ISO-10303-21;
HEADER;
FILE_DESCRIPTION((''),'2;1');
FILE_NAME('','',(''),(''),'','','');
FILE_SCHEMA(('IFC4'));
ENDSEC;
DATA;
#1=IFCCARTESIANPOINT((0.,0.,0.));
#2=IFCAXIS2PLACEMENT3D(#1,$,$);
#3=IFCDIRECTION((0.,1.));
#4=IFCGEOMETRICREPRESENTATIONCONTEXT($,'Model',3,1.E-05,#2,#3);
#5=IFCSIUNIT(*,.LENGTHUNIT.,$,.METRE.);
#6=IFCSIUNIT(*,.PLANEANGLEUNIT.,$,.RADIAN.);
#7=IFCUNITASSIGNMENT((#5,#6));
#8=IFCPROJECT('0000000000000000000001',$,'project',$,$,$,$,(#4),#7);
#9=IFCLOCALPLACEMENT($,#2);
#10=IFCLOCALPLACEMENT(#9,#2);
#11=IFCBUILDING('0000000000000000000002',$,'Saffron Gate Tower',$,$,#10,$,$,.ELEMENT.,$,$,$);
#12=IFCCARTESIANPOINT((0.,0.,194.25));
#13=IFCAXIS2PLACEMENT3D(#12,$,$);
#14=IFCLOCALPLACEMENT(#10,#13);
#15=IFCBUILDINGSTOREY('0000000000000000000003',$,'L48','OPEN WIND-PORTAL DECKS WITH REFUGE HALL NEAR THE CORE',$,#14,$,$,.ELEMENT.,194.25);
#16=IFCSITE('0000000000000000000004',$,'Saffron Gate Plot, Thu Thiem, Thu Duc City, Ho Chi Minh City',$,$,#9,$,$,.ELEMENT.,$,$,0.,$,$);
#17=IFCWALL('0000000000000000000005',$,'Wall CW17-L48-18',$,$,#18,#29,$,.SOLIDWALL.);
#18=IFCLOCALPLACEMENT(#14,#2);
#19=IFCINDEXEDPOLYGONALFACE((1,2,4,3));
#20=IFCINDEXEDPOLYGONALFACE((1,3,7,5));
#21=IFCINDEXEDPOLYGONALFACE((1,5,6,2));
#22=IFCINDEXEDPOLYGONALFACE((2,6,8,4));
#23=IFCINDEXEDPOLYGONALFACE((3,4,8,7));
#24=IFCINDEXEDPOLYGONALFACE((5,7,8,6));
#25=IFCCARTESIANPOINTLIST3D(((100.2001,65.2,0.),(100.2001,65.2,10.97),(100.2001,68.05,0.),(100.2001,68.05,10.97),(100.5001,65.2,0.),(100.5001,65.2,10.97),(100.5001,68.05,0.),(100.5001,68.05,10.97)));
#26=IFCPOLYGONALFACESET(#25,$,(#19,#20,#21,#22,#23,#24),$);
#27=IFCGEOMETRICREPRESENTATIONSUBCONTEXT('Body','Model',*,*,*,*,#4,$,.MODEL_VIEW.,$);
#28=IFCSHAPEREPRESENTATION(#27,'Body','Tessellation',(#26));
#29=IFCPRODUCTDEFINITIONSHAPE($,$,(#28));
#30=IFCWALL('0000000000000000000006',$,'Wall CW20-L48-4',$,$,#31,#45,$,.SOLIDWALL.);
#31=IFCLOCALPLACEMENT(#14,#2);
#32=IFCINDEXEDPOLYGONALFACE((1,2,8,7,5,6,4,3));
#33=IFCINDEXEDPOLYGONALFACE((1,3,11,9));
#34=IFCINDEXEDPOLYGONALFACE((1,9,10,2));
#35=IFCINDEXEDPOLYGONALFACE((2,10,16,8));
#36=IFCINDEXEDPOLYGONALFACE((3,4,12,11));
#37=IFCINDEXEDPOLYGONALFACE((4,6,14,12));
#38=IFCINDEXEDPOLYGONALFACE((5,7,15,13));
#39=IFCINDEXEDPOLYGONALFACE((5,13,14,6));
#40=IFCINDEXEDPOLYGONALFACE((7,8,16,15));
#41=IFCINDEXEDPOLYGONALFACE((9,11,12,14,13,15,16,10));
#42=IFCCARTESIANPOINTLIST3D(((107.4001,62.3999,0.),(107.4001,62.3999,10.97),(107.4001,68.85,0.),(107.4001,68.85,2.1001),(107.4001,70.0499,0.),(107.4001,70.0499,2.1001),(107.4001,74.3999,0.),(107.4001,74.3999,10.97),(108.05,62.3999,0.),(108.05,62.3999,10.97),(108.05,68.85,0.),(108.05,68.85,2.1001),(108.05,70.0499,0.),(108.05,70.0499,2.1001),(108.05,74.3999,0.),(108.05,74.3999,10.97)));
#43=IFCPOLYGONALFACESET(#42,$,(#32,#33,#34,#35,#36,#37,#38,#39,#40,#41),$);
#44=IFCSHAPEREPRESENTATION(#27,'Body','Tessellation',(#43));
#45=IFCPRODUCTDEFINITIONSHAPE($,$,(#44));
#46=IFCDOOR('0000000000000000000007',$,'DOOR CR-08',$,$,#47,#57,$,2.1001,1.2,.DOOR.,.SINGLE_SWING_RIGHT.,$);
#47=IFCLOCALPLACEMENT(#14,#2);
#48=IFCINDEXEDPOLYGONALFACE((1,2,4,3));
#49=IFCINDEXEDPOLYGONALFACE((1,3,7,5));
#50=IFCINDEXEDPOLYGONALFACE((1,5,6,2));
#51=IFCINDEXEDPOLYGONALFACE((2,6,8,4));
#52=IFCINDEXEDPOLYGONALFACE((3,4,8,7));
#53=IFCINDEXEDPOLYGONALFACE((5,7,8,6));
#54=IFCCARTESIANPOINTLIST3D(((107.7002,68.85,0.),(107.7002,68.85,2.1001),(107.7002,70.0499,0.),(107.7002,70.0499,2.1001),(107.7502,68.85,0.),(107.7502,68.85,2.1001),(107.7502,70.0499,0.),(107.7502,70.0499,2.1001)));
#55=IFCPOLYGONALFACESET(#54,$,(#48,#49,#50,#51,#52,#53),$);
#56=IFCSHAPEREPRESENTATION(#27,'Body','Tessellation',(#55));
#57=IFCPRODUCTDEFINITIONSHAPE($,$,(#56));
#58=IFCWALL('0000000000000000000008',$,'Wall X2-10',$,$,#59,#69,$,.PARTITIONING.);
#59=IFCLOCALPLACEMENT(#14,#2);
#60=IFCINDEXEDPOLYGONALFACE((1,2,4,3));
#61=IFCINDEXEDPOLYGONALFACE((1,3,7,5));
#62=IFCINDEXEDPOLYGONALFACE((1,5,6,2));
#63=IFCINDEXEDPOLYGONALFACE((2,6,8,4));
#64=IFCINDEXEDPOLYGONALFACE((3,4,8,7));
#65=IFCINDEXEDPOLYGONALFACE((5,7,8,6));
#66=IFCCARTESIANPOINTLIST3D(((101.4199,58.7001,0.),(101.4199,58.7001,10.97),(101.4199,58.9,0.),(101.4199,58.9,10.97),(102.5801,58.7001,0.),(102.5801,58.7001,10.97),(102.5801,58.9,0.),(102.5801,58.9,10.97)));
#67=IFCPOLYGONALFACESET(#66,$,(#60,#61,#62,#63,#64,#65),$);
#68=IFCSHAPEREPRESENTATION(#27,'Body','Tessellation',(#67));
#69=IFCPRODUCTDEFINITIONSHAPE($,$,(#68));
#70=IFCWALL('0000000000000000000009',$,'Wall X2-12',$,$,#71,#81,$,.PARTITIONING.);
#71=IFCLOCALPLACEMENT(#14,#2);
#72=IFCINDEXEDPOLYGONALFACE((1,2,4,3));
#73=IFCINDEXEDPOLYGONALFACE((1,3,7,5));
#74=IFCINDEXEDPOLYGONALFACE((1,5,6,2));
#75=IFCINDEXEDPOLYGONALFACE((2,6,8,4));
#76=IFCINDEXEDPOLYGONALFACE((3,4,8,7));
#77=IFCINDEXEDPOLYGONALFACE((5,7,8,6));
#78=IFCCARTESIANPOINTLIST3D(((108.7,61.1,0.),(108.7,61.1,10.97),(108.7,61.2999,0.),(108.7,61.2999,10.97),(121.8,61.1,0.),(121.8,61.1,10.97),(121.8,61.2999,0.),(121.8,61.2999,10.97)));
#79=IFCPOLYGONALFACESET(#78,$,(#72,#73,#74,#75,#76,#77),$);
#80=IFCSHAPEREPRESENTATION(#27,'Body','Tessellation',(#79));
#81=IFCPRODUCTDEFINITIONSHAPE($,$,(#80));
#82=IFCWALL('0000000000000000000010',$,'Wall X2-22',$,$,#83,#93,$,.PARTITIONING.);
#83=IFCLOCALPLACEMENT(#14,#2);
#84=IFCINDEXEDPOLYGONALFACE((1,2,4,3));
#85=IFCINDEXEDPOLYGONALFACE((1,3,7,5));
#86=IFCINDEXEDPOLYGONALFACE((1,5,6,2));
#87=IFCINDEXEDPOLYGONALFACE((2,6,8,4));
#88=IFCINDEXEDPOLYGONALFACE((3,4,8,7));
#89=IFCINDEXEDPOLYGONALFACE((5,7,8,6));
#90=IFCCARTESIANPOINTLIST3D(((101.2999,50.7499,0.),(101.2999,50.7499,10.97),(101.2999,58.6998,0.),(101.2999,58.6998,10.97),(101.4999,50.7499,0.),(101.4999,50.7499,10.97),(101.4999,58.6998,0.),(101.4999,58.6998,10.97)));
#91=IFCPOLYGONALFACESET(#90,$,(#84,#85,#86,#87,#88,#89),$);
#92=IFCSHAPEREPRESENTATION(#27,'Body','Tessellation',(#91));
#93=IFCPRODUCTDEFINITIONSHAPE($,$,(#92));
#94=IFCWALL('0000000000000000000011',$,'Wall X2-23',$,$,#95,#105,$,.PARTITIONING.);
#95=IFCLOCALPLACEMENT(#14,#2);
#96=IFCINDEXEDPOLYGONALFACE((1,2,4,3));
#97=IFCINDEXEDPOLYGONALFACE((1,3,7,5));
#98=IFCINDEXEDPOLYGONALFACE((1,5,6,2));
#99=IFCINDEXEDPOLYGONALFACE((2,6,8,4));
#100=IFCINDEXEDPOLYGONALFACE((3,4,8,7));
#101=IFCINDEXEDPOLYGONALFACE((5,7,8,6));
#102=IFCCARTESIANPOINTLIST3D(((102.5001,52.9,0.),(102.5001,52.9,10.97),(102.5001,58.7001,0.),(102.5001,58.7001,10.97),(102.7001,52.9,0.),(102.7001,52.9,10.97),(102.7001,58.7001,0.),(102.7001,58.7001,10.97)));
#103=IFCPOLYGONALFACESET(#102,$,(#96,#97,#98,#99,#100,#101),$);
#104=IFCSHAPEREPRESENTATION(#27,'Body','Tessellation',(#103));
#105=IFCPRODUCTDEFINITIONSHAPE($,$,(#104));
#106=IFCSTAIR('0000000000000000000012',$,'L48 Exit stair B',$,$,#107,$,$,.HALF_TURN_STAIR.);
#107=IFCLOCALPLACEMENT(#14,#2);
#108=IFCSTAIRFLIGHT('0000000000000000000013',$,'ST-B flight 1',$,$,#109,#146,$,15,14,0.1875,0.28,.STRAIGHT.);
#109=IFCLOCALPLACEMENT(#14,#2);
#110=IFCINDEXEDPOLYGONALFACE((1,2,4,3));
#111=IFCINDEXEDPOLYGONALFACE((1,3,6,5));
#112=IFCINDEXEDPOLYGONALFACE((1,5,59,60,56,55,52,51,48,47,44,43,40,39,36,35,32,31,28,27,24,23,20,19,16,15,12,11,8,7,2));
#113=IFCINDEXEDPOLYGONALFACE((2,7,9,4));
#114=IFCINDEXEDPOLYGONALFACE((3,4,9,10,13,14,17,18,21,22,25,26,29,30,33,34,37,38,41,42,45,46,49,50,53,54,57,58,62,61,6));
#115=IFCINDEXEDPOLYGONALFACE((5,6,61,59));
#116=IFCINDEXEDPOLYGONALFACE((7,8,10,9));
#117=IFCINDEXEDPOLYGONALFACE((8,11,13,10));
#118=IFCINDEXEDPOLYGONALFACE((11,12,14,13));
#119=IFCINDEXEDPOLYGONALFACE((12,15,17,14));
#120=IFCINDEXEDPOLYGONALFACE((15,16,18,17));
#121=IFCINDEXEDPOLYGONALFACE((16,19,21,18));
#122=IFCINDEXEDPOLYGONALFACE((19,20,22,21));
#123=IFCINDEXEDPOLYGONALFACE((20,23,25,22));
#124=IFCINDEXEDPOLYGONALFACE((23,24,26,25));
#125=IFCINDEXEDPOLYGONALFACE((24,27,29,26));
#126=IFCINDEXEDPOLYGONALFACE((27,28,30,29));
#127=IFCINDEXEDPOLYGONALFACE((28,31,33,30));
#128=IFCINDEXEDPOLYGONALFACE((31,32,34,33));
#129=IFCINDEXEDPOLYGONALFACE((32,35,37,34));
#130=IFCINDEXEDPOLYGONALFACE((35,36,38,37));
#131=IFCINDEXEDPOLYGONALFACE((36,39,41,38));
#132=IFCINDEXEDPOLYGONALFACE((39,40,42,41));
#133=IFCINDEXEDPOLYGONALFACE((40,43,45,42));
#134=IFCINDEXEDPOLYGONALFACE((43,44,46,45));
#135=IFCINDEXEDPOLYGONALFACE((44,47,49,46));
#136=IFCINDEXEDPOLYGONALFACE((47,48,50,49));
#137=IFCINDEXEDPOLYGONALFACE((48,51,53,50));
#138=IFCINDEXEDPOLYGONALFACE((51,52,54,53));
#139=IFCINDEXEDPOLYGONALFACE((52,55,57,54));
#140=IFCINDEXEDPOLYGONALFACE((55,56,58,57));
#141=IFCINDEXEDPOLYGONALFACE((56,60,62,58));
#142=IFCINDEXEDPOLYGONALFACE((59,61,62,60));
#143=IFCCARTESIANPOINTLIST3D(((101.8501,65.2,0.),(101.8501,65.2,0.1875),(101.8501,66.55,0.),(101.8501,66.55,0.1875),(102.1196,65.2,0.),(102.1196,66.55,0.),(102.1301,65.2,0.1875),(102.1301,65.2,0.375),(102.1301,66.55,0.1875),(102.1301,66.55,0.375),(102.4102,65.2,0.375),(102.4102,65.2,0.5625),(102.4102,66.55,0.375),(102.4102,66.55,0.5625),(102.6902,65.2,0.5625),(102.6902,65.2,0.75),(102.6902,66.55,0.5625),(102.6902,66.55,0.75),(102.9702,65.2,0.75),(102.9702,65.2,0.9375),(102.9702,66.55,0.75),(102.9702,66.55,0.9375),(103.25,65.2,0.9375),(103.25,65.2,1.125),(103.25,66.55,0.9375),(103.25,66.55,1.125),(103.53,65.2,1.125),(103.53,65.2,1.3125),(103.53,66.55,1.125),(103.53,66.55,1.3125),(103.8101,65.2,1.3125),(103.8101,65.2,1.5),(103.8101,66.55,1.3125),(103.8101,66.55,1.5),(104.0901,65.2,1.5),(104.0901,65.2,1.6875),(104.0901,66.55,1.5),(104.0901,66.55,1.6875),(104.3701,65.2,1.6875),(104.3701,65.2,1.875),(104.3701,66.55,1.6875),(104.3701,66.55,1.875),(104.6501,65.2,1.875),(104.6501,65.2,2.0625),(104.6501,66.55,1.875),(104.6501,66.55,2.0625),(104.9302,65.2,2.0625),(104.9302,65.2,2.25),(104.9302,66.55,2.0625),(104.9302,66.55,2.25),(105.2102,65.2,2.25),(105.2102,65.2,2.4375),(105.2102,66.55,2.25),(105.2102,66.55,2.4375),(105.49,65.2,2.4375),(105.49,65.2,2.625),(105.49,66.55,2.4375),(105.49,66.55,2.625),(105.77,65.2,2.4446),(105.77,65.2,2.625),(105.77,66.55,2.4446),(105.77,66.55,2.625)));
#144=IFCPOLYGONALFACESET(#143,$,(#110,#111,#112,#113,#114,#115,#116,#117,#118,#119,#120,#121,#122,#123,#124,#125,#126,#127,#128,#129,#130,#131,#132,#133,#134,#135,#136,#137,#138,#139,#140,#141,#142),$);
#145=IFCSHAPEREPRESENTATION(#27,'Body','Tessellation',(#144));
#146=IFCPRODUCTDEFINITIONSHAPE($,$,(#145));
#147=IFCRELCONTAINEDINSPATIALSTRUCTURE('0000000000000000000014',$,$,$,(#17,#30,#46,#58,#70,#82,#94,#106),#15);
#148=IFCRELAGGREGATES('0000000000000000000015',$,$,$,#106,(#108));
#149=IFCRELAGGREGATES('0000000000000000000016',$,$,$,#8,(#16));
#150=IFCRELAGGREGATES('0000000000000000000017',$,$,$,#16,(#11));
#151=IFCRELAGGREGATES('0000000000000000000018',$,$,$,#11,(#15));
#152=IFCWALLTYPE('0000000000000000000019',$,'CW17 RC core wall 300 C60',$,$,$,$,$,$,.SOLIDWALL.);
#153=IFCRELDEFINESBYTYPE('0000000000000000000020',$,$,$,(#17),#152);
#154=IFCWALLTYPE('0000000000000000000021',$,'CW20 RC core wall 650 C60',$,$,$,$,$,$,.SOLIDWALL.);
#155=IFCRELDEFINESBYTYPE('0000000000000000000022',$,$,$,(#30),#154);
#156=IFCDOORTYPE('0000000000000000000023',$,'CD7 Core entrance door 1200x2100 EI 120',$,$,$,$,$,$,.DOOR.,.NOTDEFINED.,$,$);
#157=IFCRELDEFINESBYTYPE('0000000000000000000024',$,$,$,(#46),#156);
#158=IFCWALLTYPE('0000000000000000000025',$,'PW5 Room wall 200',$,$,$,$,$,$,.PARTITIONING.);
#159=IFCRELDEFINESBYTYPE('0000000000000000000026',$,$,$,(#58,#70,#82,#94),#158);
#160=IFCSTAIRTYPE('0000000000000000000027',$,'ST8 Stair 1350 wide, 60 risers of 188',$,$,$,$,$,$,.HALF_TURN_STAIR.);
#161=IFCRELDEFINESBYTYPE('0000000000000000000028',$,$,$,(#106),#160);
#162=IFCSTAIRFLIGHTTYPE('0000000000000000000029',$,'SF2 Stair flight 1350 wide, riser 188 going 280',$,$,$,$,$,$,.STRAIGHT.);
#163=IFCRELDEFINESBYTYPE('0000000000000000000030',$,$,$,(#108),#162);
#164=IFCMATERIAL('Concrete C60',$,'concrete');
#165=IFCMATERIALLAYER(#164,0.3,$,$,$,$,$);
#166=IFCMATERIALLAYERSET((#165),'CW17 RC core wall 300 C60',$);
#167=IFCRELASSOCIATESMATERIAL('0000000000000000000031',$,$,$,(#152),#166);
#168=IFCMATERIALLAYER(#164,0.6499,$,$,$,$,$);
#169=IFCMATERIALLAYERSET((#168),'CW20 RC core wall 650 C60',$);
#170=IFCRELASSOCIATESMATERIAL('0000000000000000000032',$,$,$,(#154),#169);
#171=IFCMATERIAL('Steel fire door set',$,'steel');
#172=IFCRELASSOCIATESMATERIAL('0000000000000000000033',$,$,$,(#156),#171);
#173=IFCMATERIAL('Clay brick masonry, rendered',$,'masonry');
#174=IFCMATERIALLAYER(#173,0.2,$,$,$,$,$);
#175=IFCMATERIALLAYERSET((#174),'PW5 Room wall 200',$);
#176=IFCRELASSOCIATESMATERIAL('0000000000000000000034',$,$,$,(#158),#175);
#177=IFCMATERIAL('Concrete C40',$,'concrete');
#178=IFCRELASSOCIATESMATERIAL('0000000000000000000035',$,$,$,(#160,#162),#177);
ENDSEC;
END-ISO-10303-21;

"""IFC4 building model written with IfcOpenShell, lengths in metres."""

from ifc_helpers import new_model, si_unit, direction, frame, frame_2d, origin, place, context, subcontext, project, spatial, polyline, rectangle, outline, extrude, material, layer, layer_set, type_object, element, fill, aggregate, save


model = new_model("IFC4")

# Units and contexts
model_context = context("Model", 3, precision=1e-05, world=origin(), true_north=direction((0.0, 1.0)))
body_context = subcontext(model_context, "Body", "Model", "MODEL_VIEW")
ifc_project = project(units=[si_unit("LENGTHUNIT", "METRE"), si_unit("PLANEANGLEUNIT", "RADIAN")], contexts=[model_context])

# Site, building, storey
site_placement = place(None, origin())
site = spatial("IfcSite", under=ifc_project, at=site_placement, Name="Saffron Gate Plot, Thu Thiem, Thu Duc City, Ho Chi Minh City", CompositionType="ELEMENT", RefElevation=0.0)
building_placement = place(site_placement, origin())
building = spatial("IfcBuilding", under=site, at=building_placement, Name="Saffron Gate Tower", CompositionType="ELEMENT")
storey_placement = place(building_placement, frame((0.0, 0.0, 194.25)))
storey = spatial("IfcBuildingStorey", under=building, at=storey_placement, Name="L48", Description="OPEN WIND-PORTAL DECKS WITH REFUGE HALL NEAR THE CORE", CompositionType="ELEMENT", Elevation=194.25)

# Wall
ifc_material_1 = material(Name="Concrete C60", Category="concrete")
ifc_layer_1 = layer(ifc_material_1, 0.3)
ifc_layer_set_1 = layer_set([ifc_layer_1], Name="CW17 RC core wall 300 C60")
wall_type_1 = type_object("IfcWallType", Name="CW17 RC core wall 300 C60", PredefinedType="SOLIDWALL", material=ifc_layer_set_1)
wall_1_placement = place(storey_placement, frame((100.3501, 65.2, 0.0), z_axis=(0.0, 0.0, 1.0), x_axis=(0.0, 1.0, 0.0)))
element("IfcWall", 1, at=wall_1_placement, inside=storey, type_object=wall_type_1, Name="Wall CW17-L48-18", PredefinedType="SOLIDWALL", context=body_context, shape_type="SweptSolid", body=[
    extrude(rectangle(XDim=2.8501, YDim=0.3, at=frame_2d((1.425, 0.0))), origin(), (0.0, 0.0, 1.0), 10.97),
])

# Wall, opening, door
ifc_layer_2 = layer(ifc_material_1, 0.6499)
ifc_layer_set_2 = layer_set([ifc_layer_2], Name="CW20 RC core wall 650 C60")
wall_type_2 = type_object("IfcWallType", Name="CW20 RC core wall 650 C60", PredefinedType="SOLIDWALL", material=ifc_layer_set_2)
wall_2_placement = place(storey_placement, frame((107.7251, 62.3999, 0.0), z_axis=(0.0, 0.0, 1.0), x_axis=(0.0, 1.0, 0.0)))
wall_2 = element("IfcWall", 2, at=wall_2_placement, inside=storey, type_object=wall_type_2, Name="Wall CW20-L48-4", PredefinedType="SOLIDWALL", context=body_context, shape_type="SweptSolid", body=[
    extrude(rectangle(XDim=12.0, YDim=0.6499, at=frame_2d((6.0, 0.0))), origin(), (0.0, 0.0, 1.0), 10.97),
])
opening_placement = place(wall_2_placement, frame((6.45, 0.0, 0.0)))
opening = element("IfcOpeningElement", 3, at=opening_placement, cuts=wall_2, PredefinedType="OPENING", context=body_context, shape_type="SweptSolid", body=[
    extrude(rectangle(XDim=1.2, YDim=2.1001, at=frame_2d((0.6001, 1.05))), frame((0.0, 0.335, 0.0), z_axis=(0.0, -1.0, 0.0), x_axis=(1.0, 0.0, 0.0)), (0.0, 0.0, 1.0), 0.6699),
])
ifc_material_2 = material(Name="Steel fire door set", Category="steel")
door_type = type_object("IfcDoorType", Name="CD7 Core entrance door 1200x2100 EI 120", OperationType="NOTDEFINED", PredefinedType="DOOR", material=ifc_material_2)
door_placement = place(opening_placement, origin())
door = element("IfcDoor", 4, at=door_placement, inside=storey, type_object=door_type, Name="DOOR CR-08", OperationType="SINGLE_SWING_RIGHT", OverallHeight=2.1001, OverallWidth=1.2, PredefinedType="DOOR", context=body_context, shape_type="SweptSolid", body=[
    extrude(rectangle(XDim=1.2, YDim=2.1001, at=frame_2d((0.6001, 1.05))), frame((0.0, 0.0249, 0.0), z_axis=(0.0, -1.0, 0.0), x_axis=(1.0, 0.0, 0.0)), (0.0, 0.0, 1.0), 0.05),
])
fill(opening, door)

# Walls
ifc_material_3 = material(Name="Clay brick masonry, rendered", Category="masonry")
ifc_layer_3 = layer(ifc_material_3, 0.2)
ifc_layer_set_3 = layer_set([ifc_layer_3], Name="PW5 Room wall 200")
wall_type_3 = type_object("IfcWallType", Name="PW5 Room wall 200", PredefinedType="PARTITIONING", material=ifc_layer_set_3)
wall_3_placement = place(storey_placement, frame((101.4199, 58.8, 0.0), z_axis=(0.0, 0.0, 1.0), x_axis=(1.0, 0.0, 0.0)))
element("IfcWall", 5, at=wall_3_placement, inside=storey, type_object=wall_type_3, Name="Wall X2-10", PredefinedType="PARTITIONING", context=body_context, shape_type="SweptSolid", body=[
    extrude(rectangle(XDim=1.1602, YDim=0.2, at=frame_2d((0.5801, 0.0))), origin(), (0.0, 0.0, 1.0), 10.97),
])
wall_4_placement = place(storey_placement, frame((108.7, 61.2, 0.0), z_axis=(0.0, 0.0, 1.0), x_axis=(1.0, 0.0, 0.0)))
element("IfcWall", 6, at=wall_4_placement, inside=storey, type_object=wall_type_3, Name="Wall X2-12", PredefinedType="PARTITIONING", context=body_context, shape_type="SweptSolid", body=[
    extrude(rectangle(XDim=13.1001, YDim=0.2, at=frame_2d((6.55, 0.0))), origin(), (0.0, 0.0, 1.0), 10.97),
])
wall_5_placement = place(storey_placement, frame((101.3999, 58.7, 0.0), z_axis=(0.0, 0.0, 1.0), x_axis=(0.0, -1.0, 0.0)))
element("IfcWall", 7, at=wall_5_placement, inside=storey, type_object=wall_type_3, Name="Wall X2-22", PredefinedType="PARTITIONING", context=body_context, shape_type="SweptSolid", body=[
    extrude(rectangle(XDim=7.95, YDim=0.2, at=frame_2d((3.9751, 0.0))), origin(), (0.0, 0.0, 1.0), 10.97),
])
wall_6_placement = place(storey_placement, frame((102.6001, 58.7, 0.0), z_axis=(0.0, 0.0, 1.0), x_axis=(0.0, -1.0, 0.0)))
element("IfcWall", 8, at=wall_6_placement, inside=storey, type_object=wall_type_3, Name="Wall X2-23", PredefinedType="PARTITIONING", context=body_context, shape_type="SweptSolid", body=[
    extrude(rectangle(XDim=5.8, YDim=0.2, at=frame_2d((2.8999, 0.0))), origin(), (0.0, 0.0, 1.0), 10.97),
])

# Stair, stair flight
ifc_material_4 = material(Name="Concrete C40", Category="concrete")
stair_type = type_object("IfcStairType", Name="ST8 Stair 1350 wide, 60 risers of 188", PredefinedType="HALF_TURN_STAIR", material=ifc_material_4)
stair_placement = place(storey_placement, origin())
stair = element("IfcStair", 9, at=stair_placement, inside=storey, type_object=stair_type, Name="L48 Exit stair B", PredefinedType="HALF_TURN_STAIR")
stair_flight_type = type_object("IfcStairFlightType", Name="SF2 Stair flight 1350 wide, riser 188 going 280", PredefinedType="STRAIGHT", material=ifc_material_4)
stair_flight_1_placement = place(storey_placement, frame((101.8501, 65.875, 0.0), z_axis=(0.0, 0.0, 1.0), x_axis=(1.0, 0.0, 0.0)))
stair_flight_1 = element("IfcStairFlight", 10, at=stair_flight_1_placement, type_object=stair_flight_type, Name="ST-B flight 1", NumberOfRisers=15, NumberOfTreads=14, PredefinedType="STRAIGHT", RiserHeight=0.1875, TreadLength=0.28, context=body_context, shape_type="SweptSolid", body=[
    extrude(outline(polyline([(0.0, 0.0), (0.0, 0.1875), (0.28, 0.1875), (0.28, 0.375), (0.5601, 0.375), (0.5601, 0.5625), (0.8401, 0.5625), (0.8401, 0.75), (1.1201, 0.75), (1.1201, 0.9375), (1.3999, 0.9375), (1.3999, 1.125), (1.6799, 1.125), (1.6799, 1.3125), (1.96, 1.3125), (1.96, 1.5), (2.24, 1.5), (2.24, 1.6875), (2.52, 1.6875), (2.52, 1.875), (2.8, 1.875), (2.8, 2.0625), (3.0801, 2.0625), (3.0801, 2.25), (3.3601, 2.25), (3.3601, 2.4375), (3.6399, 2.4375), (3.6399, 2.625), (3.9199, 2.625), (3.9199, 2.8125), (3.9199, 2.4446), (0.2695, 0.0), (0.0, 0.0)])), frame((0.0, 0.675, 0.0), z_axis=(0.0, -1.0, 0.0), x_axis=(1.0, 0.0, 0.0)), (0.0, 0.0, 1.0), 1.3501),
])
aggregate(stair, [stair_flight_1])

save(model, "model.ifc")
